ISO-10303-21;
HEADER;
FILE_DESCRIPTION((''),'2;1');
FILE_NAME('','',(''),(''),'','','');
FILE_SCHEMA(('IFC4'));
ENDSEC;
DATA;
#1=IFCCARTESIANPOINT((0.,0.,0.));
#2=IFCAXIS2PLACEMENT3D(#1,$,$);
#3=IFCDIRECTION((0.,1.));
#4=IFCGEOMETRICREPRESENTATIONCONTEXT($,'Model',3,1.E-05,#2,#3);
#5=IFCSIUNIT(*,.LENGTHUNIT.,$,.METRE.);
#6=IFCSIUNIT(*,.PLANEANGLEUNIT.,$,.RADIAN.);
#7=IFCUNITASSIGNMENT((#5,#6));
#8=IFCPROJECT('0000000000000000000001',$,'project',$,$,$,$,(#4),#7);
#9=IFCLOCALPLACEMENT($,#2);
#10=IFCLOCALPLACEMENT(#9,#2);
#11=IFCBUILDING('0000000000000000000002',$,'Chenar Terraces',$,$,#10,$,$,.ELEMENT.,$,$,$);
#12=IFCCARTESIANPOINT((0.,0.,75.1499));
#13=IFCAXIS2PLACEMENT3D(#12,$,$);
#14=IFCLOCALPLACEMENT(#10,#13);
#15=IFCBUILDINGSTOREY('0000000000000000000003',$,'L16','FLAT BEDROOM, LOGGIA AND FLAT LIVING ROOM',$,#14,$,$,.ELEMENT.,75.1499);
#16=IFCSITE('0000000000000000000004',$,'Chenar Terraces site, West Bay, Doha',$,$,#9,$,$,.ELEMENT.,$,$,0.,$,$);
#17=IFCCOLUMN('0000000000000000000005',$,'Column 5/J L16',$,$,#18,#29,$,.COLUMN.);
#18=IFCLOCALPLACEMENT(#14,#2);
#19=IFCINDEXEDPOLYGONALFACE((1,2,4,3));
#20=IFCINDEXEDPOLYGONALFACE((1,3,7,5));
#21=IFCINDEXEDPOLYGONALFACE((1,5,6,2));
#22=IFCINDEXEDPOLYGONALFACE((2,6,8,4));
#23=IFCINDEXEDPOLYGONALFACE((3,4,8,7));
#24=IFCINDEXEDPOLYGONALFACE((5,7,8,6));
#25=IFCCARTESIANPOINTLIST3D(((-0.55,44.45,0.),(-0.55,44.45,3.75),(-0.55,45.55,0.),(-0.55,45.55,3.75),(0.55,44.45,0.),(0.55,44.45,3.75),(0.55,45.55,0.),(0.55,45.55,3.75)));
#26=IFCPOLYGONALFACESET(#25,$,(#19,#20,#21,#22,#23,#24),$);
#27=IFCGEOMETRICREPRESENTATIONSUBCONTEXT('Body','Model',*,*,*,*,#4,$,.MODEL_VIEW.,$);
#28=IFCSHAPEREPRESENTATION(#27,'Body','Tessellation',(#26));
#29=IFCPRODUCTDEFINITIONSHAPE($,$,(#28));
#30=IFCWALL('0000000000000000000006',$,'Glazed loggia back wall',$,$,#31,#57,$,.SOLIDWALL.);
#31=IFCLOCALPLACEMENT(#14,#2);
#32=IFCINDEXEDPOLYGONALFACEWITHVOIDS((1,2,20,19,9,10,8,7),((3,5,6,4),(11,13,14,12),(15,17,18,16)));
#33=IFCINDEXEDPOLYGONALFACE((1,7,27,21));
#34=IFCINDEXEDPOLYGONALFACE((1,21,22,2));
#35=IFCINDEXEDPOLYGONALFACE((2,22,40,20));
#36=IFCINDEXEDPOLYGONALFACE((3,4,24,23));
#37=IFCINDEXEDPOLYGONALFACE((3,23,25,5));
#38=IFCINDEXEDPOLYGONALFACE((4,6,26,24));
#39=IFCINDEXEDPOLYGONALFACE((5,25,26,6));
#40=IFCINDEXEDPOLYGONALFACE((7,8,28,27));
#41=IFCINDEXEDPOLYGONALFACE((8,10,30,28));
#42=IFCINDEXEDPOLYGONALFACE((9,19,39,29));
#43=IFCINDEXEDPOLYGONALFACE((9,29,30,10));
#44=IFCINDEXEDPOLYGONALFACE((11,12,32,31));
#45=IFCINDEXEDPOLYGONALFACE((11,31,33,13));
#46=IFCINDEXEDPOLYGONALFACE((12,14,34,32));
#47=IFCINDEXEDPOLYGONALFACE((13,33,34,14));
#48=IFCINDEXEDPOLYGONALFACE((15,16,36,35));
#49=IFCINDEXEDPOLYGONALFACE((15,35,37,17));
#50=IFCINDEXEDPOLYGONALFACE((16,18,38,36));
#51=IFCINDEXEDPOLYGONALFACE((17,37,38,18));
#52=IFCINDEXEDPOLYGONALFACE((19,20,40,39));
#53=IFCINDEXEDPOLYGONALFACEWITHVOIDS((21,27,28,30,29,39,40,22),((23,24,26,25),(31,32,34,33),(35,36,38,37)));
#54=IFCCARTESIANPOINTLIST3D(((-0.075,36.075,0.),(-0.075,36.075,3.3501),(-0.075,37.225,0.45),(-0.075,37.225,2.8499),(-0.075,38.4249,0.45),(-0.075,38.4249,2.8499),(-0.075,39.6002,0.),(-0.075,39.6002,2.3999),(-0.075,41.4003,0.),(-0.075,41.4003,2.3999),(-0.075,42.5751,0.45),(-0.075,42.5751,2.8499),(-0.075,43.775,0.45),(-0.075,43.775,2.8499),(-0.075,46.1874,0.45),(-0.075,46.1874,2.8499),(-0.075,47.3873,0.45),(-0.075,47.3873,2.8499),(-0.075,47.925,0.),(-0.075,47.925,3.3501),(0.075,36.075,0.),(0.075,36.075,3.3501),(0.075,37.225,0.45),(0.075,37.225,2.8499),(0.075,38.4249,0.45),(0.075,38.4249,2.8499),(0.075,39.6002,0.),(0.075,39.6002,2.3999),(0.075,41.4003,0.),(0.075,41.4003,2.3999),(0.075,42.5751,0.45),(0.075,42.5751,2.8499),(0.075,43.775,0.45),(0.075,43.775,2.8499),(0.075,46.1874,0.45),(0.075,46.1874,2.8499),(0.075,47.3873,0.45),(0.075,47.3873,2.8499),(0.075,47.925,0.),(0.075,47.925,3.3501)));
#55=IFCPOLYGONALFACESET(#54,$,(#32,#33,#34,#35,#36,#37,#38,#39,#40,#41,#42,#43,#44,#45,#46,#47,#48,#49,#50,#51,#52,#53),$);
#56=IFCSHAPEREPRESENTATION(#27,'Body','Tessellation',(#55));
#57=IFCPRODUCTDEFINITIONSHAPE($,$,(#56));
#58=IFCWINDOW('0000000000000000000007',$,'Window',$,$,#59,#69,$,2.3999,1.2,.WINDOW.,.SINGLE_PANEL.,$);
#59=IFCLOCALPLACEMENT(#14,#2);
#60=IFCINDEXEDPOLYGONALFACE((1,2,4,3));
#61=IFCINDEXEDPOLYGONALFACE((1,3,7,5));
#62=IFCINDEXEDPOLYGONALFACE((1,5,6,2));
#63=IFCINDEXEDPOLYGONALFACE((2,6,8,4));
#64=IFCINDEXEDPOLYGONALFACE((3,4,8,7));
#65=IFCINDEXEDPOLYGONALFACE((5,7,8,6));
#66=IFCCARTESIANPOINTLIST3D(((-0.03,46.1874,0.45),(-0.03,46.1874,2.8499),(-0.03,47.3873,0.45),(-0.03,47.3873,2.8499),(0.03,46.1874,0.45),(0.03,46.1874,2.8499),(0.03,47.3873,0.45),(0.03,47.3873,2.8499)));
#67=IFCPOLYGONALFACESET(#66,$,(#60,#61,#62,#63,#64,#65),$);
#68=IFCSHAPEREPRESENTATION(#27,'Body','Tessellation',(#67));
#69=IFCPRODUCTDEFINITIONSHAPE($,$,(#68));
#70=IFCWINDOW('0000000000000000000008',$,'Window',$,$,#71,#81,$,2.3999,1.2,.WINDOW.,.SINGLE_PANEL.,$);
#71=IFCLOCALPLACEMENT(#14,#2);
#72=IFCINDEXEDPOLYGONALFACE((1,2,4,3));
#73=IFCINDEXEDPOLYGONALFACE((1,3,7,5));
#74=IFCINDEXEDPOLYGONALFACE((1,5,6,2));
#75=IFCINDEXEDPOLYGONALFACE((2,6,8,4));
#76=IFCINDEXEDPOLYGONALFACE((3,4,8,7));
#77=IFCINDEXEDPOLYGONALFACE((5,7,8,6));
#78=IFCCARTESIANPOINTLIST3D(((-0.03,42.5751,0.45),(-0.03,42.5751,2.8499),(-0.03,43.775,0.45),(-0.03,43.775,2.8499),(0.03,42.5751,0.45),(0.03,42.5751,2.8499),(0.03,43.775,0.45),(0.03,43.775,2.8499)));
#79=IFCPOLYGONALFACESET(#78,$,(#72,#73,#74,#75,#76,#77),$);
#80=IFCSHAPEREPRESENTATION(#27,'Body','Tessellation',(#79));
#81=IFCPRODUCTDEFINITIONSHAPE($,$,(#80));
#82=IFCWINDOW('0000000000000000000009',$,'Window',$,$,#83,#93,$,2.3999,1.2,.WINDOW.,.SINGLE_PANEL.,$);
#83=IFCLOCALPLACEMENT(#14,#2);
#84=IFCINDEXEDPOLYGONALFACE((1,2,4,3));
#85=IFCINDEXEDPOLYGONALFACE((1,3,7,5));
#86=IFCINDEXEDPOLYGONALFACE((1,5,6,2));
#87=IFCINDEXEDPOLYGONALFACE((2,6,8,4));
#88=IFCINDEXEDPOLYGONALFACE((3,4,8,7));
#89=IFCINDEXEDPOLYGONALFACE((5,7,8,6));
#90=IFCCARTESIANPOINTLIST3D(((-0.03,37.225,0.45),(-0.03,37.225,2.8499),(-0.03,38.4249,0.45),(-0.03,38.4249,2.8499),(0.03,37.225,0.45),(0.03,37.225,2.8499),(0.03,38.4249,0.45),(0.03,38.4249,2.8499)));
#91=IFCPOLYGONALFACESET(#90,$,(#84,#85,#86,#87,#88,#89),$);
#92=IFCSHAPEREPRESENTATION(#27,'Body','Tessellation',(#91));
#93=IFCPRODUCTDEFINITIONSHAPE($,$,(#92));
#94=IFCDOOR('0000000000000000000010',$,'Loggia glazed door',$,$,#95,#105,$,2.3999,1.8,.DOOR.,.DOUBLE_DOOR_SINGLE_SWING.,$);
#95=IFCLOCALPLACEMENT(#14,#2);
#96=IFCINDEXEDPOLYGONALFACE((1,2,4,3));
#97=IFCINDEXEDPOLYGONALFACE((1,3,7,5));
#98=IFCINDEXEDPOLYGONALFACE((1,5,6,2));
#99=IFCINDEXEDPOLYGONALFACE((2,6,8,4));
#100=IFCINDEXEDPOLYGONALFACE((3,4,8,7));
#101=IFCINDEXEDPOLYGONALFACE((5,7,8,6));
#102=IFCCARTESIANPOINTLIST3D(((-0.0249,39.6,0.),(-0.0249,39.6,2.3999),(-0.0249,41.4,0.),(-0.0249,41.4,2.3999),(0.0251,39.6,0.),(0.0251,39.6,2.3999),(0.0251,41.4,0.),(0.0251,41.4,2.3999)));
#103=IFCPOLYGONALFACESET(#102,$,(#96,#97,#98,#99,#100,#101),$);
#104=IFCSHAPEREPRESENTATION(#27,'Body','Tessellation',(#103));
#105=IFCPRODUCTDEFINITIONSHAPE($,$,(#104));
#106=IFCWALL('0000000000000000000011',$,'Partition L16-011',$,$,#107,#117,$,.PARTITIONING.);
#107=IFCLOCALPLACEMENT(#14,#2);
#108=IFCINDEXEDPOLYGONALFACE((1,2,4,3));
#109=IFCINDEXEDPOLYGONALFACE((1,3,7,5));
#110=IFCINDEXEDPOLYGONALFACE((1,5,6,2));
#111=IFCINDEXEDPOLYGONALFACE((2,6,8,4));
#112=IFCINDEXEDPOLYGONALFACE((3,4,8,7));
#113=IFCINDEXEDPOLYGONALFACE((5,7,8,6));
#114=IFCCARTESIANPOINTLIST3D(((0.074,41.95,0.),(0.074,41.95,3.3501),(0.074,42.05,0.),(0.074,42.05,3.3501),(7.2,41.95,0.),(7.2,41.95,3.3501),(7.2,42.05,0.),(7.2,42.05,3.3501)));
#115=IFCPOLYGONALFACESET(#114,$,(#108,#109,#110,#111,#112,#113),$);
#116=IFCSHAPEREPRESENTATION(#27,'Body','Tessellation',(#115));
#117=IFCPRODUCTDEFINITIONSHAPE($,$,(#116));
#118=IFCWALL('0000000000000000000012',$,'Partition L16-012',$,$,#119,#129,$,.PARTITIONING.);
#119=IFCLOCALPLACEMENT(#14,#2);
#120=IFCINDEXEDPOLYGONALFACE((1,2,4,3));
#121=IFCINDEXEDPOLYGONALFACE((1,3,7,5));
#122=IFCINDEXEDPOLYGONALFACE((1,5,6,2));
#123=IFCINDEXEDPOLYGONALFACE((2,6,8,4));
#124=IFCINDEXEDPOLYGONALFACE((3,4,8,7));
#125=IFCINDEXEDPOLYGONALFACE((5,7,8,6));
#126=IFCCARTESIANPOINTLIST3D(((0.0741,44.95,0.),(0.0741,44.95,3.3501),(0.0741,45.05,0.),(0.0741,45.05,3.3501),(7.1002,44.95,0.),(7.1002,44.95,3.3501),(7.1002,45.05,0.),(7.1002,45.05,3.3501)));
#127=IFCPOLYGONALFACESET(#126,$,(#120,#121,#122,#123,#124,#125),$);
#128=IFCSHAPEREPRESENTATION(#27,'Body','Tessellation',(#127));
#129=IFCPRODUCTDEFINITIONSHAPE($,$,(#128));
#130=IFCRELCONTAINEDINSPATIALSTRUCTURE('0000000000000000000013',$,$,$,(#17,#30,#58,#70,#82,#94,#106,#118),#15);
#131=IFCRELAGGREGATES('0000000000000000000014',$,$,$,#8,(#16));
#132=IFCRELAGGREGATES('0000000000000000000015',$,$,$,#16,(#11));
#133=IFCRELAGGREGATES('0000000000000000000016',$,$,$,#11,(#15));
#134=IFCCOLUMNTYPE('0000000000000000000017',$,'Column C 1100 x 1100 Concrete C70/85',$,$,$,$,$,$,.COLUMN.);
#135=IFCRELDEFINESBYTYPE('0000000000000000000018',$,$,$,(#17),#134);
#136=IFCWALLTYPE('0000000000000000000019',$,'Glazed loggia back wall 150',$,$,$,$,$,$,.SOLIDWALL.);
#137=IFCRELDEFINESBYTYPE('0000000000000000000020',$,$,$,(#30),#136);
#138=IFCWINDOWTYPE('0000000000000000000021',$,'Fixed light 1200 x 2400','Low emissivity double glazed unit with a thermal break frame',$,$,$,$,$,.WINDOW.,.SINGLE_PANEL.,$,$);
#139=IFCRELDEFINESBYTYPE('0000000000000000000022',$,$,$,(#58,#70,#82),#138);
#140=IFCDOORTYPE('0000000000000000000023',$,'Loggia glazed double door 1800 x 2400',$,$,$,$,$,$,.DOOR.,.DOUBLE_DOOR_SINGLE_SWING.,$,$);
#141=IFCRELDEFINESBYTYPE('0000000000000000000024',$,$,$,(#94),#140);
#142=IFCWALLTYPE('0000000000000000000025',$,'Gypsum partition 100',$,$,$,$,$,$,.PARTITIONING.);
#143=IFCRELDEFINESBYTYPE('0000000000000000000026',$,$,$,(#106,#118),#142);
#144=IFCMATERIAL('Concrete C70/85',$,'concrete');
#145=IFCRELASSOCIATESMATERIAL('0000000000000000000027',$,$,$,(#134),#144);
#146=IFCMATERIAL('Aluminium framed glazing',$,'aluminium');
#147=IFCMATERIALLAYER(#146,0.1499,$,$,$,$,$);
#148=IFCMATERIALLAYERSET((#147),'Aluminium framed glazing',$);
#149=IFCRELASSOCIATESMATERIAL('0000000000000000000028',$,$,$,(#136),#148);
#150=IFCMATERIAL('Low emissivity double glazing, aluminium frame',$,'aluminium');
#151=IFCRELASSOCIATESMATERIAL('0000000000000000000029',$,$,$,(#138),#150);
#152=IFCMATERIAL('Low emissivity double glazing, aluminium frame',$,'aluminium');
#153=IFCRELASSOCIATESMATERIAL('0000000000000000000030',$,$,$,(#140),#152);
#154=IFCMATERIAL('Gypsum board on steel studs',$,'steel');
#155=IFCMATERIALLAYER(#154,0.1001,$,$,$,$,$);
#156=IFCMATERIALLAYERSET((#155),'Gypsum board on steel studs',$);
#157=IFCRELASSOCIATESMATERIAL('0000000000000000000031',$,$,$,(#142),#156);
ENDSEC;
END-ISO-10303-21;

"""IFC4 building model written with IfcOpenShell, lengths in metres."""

from ifc_helpers import new_model, si_unit, direction, frame, frame_2d, origin, origin_2d, place, context, subcontext, project, spatial, rectangle, extrude, material, layer, layer_set, material_profile, profile_set, type_object, element, fill, save


model = new_model("IFC4")

# Units and contexts
model_context = context("Model", 3, precision=1e-05, world=origin(), true_north=direction((0.0, 1.0)))
body_context = subcontext(model_context, "Body", "Model", "MODEL_VIEW")
ifc_project = project(units=[si_unit("LENGTHUNIT", "METRE"), si_unit("PLANEANGLEUNIT", "RADIAN")], contexts=[model_context])

# Site, building, storey
site_placement = place(None, origin())
site = spatial("IfcSite", under=ifc_project, at=site_placement, Name="Chenar Terraces site, West Bay, Doha", CompositionType="ELEMENT", RefElevation=0.0)
building_placement = place(site_placement, origin())
building = spatial("IfcBuilding", under=site, at=building_placement, Name="Chenar Terraces", CompositionType="ELEMENT")
storey_placement = place(building_placement, frame((0.0, 0.0, 75.1499)))
storey = spatial("IfcBuildingStorey", under=building, at=storey_placement, Name="L16", Description="FLAT BEDROOM, LOGGIA AND FLAT LIVING ROOM", CompositionType="ELEMENT", Elevation=75.1499)

# Column
ifc_material_1 = material(Name="Concrete C70/85", Category="concrete")
ifc_material_profile = material_profile(ifc_material_1, rectangle(XDim=1.1001, YDim=1.1001, at=origin_2d()), Name="C 1100 x 1100")
ifc_profile_set = profile_set([ifc_material_profile], Name="Concrete C70/85")
column_type = type_object("IfcColumnType", Name="Column C 1100 x 1100 Concrete C70/85", PredefinedType="COLUMN", material=ifc_profile_set)
column_placement = place(storey_placement, frame((0.0, 45.0, 0.0), z_axis=(0.0, 0.0, 1.0), x_axis=(1.0, 0.0, 0.0)))
element("IfcColumn", 1, at=column_placement, inside=storey, type_object=column_type, Name="Column 5/J L16", PredefinedType="COLUMN", context=body_context, shape_type="SweptSolid", body=[
    extrude(rectangle(XDim=1.1001, YDim=1.1001, at=origin_2d()), origin(), (0.0, 0.0, 1.0), 3.75),
])

# Wall, openings, windows, door
ifc_material_2 = material(Name="Aluminium framed glazing", Category="aluminium")
ifc_layer_1 = layer(ifc_material_2, 0.1499)
ifc_layer_set_1 = layer_set([ifc_layer_1], Name="Aluminium framed glazing")
wall_type_1 = type_object("IfcWallType", Name="Glazed loggia back wall 150", PredefinedType="SOLIDWALL", material=ifc_layer_set_1)
wall_1_placement = place(storey_placement, frame((0.0, 47.925, 0.0), z_axis=(0.0, 0.0, 1.0), x_axis=(0.0, -1.0, 0.0)))
wall_1 = element("IfcWall", 2, at=wall_1_placement, inside=storey, type_object=wall_type_1, Name="Glazed loggia back wall", PredefinedType="SOLIDWALL", context=body_context, shape_type="SweptSolid", body=[
    extrude(rectangle(XDim=11.8501, YDim=0.1499, at=frame_2d((5.925, 0.0))), origin(), (0.0, 0.0, 1.0), 3.3501),
])
opening_1_placement = place(wall_1_placement, frame((0.5376, 0.0, 0.45)))
opening_1 = element("IfcOpeningElement", 3, at=opening_1_placement, cuts=wall_1, PredefinedType="OPENING", context=body_context, shape_type="SweptSolid", body=[
    extrude(rectangle(XDim=1.2, YDim=2.3999, at=frame_2d((0.6001, 1.2))), frame((0.0, 0.085, 0.0), z_axis=(0.0, -1.0, 0.0), x_axis=(1.0, 0.0, 0.0)), (0.0, 0.0, 1.0), 0.1699),
])
opening_2_placement = place(wall_1_placement, frame((4.1499, 0.0, 0.45)))
opening_2 = element("IfcOpeningElement", 4, at=opening_2_placement, cuts=wall_1, PredefinedType="OPENING", context=body_context, shape_type="SweptSolid", body=[
    extrude(rectangle(XDim=1.2, YDim=2.3999, at=frame_2d((0.6001, 1.2))), frame((0.0, 0.085, 0.0), z_axis=(0.0, -1.0, 0.0), x_axis=(1.0, 0.0, 0.0)), (0.0, 0.0, 1.0), 0.1699),
])
opening_3_placement = place(wall_1_placement, frame((6.5249, 0.0, 0.0)))
opening_3 = element("IfcOpeningElement", 5, at=opening_3_placement, cuts=wall_1, PredefinedType="OPENING", context=body_context, shape_type="SweptSolid", body=[
    extrude(rectangle(XDim=1.8, YDim=2.3999, at=frame_2d((0.8999, 1.2))), frame((0.0, 0.085, 0.0), z_axis=(0.0, -1.0, 0.0), x_axis=(1.0, 0.0, 0.0)), (0.0, 0.0, 1.0), 0.1699),
])
opening_4_placement = place(wall_1_placement, frame((9.5, 0.0, 0.45)))
opening_4 = element("IfcOpeningElement", 6, at=opening_4_placement, cuts=wall_1, PredefinedType="OPENING", context=body_context, shape_type="SweptSolid", body=[
    extrude(rectangle(XDim=1.2, YDim=2.3999, at=frame_2d((0.6001, 1.2))), frame((0.0, 0.085, 0.0), z_axis=(0.0, -1.0, 0.0), x_axis=(1.0, 0.0, 0.0)), (0.0, 0.0, 1.0), 0.1699),
])
ifc_material_3 = material(Name="Low emissivity double glazing, aluminium frame", Category="aluminium")
window_type = type_object("IfcWindowType", Name="Fixed light 1200 x 2400", Description="Low emissivity double glazed unit with a thermal break frame", PartitioningType="SINGLE_PANEL", PredefinedType="WINDOW", material=ifc_material_3)
window_1_placement = place(opening_1_placement, origin())
window_1 = element("IfcWindow", 7, at=window_1_placement, inside=storey, type_object=window_type, Name="Window", OverallHeight=2.3999, OverallWidth=1.2, PartitioningType="SINGLE_PANEL", PredefinedType="WINDOW", context=body_context, shape_type="SweptSolid", body=[
    extrude(rectangle(XDim=1.2, YDim=2.3999, at=frame_2d((0.6001, 1.2))), frame((0.0, 0.03, 0.0), z_axis=(0.0, -1.0, 0.0), x_axis=(1.0, 0.0, 0.0)), (0.0, 0.0, 1.0), 0.0601),
])
fill(opening_1, window_1)
window_2_placement = place(opening_2_placement, origin())
window_2 = element("IfcWindow", 8, at=window_2_placement, inside=storey, type_object=window_type, Name="Window", OverallHeight=2.3999, OverallWidth=1.2, PartitioningType="SINGLE_PANEL", PredefinedType="WINDOW", context=body_context, shape_type="SweptSolid", body=[
    extrude(rectangle(XDim=1.2, YDim=2.3999, at=frame_2d((0.6001, 1.2))), frame((0.0, 0.03, 0.0), z_axis=(0.0, -1.0, 0.0), x_axis=(1.0, 0.0, 0.0)), (0.0, 0.0, 1.0), 0.0601),
])
fill(opening_2, window_2)
window_3_placement = place(opening_4_placement, origin())
window_3 = element("IfcWindow", 9, at=window_3_placement, inside=storey, type_object=window_type, Name="Window", OverallHeight=2.3999, OverallWidth=1.2, PartitioningType="SINGLE_PANEL", PredefinedType="WINDOW", context=body_context, shape_type="SweptSolid", body=[
    extrude(rectangle(XDim=1.2, YDim=2.3999, at=frame_2d((0.6001, 1.2))), frame((0.0, 0.03, 0.0), z_axis=(0.0, -1.0, 0.0), x_axis=(1.0, 0.0, 0.0)), (0.0, 0.0, 1.0), 0.0601),
])
fill(opening_4, window_3)
ifc_material_4 = material(Name="Low emissivity double glazing, aluminium frame", Category="aluminium")
door_type_1 = type_object("IfcDoorType", Name="Loggia glazed double door 1800 x 2400", OperationType="DOUBLE_DOOR_SINGLE_SWING", PredefinedType="DOOR", material=ifc_material_4)
door_1_placement = place(opening_3_placement, frame((1.8, 0.0, 0.0), z_axis=(0.0, 0.0, 1.0), x_axis=(-1.0, 0.0, 0.0)))
door_1 = element("IfcDoor", 10, at=door_1_placement, inside=storey, type_object=door_type_1, Name="Loggia glazed door", OperationType="DOUBLE_DOOR_SINGLE_SWING", OverallHeight=2.3999, OverallWidth=1.8, PredefinedType="DOOR", context=body_context, shape_type="SweptSolid", body=[
    extrude(rectangle(XDim=1.8, YDim=2.3999, at=frame_2d((0.8999, 1.2))), frame((0.0, 0.0249, 0.0), z_axis=(0.0, -1.0, 0.0), x_axis=(1.0, 0.0, 0.0)), (0.0, 0.0, 1.0), 0.05),
])
fill(opening_3, door_1)

# Walls
ifc_material_5 = material(Name="Gypsum board on steel studs", Category="steel")
ifc_layer_2 = layer(ifc_material_5, 0.1001)
ifc_layer_set_2 = layer_set([ifc_layer_2], Name="Gypsum board on steel studs")
wall_type_2 = type_object("IfcWallType", Name="Gypsum partition 100", PredefinedType="PARTITIONING", material=ifc_layer_set_2)
wall_2_placement = place(storey_placement, frame((0.074, 42.0, 0.0), z_axis=(0.0, 0.0, 1.0), x_axis=(1.0, 0.0, 0.0)))
element("IfcWall", 11, at=wall_2_placement, inside=storey, type_object=wall_type_2, Name="Partition L16-011", PredefinedType="PARTITIONING", context=body_context, shape_type="SweptSolid", body=[
    extrude(rectangle(XDim=7.126, YDim=0.1001, at=frame_2d((3.563, 0.0))), origin(), (0.0, 0.0, 1.0), 3.3501),
])
wall_3_placement = place(storey_placement, frame((0.074, 45.0, 0.0), z_axis=(0.0, 0.0, 1.0), x_axis=(1.0, 0.0, 0.0)))
element("IfcWall", 12, at=wall_3_placement, inside=storey, type_object=wall_type_2, Name="Partition L16-012", PredefinedType="PARTITIONING", context=body_context, shape_type="SweptSolid", body=[
    extrude(rectangle(XDim=7.0261, YDim=0.1001, at=frame_2d((3.5132, 0.0))), origin(), (0.0, 0.0, 1.0), 3.3501),
])

save(model, "model.ifc")
